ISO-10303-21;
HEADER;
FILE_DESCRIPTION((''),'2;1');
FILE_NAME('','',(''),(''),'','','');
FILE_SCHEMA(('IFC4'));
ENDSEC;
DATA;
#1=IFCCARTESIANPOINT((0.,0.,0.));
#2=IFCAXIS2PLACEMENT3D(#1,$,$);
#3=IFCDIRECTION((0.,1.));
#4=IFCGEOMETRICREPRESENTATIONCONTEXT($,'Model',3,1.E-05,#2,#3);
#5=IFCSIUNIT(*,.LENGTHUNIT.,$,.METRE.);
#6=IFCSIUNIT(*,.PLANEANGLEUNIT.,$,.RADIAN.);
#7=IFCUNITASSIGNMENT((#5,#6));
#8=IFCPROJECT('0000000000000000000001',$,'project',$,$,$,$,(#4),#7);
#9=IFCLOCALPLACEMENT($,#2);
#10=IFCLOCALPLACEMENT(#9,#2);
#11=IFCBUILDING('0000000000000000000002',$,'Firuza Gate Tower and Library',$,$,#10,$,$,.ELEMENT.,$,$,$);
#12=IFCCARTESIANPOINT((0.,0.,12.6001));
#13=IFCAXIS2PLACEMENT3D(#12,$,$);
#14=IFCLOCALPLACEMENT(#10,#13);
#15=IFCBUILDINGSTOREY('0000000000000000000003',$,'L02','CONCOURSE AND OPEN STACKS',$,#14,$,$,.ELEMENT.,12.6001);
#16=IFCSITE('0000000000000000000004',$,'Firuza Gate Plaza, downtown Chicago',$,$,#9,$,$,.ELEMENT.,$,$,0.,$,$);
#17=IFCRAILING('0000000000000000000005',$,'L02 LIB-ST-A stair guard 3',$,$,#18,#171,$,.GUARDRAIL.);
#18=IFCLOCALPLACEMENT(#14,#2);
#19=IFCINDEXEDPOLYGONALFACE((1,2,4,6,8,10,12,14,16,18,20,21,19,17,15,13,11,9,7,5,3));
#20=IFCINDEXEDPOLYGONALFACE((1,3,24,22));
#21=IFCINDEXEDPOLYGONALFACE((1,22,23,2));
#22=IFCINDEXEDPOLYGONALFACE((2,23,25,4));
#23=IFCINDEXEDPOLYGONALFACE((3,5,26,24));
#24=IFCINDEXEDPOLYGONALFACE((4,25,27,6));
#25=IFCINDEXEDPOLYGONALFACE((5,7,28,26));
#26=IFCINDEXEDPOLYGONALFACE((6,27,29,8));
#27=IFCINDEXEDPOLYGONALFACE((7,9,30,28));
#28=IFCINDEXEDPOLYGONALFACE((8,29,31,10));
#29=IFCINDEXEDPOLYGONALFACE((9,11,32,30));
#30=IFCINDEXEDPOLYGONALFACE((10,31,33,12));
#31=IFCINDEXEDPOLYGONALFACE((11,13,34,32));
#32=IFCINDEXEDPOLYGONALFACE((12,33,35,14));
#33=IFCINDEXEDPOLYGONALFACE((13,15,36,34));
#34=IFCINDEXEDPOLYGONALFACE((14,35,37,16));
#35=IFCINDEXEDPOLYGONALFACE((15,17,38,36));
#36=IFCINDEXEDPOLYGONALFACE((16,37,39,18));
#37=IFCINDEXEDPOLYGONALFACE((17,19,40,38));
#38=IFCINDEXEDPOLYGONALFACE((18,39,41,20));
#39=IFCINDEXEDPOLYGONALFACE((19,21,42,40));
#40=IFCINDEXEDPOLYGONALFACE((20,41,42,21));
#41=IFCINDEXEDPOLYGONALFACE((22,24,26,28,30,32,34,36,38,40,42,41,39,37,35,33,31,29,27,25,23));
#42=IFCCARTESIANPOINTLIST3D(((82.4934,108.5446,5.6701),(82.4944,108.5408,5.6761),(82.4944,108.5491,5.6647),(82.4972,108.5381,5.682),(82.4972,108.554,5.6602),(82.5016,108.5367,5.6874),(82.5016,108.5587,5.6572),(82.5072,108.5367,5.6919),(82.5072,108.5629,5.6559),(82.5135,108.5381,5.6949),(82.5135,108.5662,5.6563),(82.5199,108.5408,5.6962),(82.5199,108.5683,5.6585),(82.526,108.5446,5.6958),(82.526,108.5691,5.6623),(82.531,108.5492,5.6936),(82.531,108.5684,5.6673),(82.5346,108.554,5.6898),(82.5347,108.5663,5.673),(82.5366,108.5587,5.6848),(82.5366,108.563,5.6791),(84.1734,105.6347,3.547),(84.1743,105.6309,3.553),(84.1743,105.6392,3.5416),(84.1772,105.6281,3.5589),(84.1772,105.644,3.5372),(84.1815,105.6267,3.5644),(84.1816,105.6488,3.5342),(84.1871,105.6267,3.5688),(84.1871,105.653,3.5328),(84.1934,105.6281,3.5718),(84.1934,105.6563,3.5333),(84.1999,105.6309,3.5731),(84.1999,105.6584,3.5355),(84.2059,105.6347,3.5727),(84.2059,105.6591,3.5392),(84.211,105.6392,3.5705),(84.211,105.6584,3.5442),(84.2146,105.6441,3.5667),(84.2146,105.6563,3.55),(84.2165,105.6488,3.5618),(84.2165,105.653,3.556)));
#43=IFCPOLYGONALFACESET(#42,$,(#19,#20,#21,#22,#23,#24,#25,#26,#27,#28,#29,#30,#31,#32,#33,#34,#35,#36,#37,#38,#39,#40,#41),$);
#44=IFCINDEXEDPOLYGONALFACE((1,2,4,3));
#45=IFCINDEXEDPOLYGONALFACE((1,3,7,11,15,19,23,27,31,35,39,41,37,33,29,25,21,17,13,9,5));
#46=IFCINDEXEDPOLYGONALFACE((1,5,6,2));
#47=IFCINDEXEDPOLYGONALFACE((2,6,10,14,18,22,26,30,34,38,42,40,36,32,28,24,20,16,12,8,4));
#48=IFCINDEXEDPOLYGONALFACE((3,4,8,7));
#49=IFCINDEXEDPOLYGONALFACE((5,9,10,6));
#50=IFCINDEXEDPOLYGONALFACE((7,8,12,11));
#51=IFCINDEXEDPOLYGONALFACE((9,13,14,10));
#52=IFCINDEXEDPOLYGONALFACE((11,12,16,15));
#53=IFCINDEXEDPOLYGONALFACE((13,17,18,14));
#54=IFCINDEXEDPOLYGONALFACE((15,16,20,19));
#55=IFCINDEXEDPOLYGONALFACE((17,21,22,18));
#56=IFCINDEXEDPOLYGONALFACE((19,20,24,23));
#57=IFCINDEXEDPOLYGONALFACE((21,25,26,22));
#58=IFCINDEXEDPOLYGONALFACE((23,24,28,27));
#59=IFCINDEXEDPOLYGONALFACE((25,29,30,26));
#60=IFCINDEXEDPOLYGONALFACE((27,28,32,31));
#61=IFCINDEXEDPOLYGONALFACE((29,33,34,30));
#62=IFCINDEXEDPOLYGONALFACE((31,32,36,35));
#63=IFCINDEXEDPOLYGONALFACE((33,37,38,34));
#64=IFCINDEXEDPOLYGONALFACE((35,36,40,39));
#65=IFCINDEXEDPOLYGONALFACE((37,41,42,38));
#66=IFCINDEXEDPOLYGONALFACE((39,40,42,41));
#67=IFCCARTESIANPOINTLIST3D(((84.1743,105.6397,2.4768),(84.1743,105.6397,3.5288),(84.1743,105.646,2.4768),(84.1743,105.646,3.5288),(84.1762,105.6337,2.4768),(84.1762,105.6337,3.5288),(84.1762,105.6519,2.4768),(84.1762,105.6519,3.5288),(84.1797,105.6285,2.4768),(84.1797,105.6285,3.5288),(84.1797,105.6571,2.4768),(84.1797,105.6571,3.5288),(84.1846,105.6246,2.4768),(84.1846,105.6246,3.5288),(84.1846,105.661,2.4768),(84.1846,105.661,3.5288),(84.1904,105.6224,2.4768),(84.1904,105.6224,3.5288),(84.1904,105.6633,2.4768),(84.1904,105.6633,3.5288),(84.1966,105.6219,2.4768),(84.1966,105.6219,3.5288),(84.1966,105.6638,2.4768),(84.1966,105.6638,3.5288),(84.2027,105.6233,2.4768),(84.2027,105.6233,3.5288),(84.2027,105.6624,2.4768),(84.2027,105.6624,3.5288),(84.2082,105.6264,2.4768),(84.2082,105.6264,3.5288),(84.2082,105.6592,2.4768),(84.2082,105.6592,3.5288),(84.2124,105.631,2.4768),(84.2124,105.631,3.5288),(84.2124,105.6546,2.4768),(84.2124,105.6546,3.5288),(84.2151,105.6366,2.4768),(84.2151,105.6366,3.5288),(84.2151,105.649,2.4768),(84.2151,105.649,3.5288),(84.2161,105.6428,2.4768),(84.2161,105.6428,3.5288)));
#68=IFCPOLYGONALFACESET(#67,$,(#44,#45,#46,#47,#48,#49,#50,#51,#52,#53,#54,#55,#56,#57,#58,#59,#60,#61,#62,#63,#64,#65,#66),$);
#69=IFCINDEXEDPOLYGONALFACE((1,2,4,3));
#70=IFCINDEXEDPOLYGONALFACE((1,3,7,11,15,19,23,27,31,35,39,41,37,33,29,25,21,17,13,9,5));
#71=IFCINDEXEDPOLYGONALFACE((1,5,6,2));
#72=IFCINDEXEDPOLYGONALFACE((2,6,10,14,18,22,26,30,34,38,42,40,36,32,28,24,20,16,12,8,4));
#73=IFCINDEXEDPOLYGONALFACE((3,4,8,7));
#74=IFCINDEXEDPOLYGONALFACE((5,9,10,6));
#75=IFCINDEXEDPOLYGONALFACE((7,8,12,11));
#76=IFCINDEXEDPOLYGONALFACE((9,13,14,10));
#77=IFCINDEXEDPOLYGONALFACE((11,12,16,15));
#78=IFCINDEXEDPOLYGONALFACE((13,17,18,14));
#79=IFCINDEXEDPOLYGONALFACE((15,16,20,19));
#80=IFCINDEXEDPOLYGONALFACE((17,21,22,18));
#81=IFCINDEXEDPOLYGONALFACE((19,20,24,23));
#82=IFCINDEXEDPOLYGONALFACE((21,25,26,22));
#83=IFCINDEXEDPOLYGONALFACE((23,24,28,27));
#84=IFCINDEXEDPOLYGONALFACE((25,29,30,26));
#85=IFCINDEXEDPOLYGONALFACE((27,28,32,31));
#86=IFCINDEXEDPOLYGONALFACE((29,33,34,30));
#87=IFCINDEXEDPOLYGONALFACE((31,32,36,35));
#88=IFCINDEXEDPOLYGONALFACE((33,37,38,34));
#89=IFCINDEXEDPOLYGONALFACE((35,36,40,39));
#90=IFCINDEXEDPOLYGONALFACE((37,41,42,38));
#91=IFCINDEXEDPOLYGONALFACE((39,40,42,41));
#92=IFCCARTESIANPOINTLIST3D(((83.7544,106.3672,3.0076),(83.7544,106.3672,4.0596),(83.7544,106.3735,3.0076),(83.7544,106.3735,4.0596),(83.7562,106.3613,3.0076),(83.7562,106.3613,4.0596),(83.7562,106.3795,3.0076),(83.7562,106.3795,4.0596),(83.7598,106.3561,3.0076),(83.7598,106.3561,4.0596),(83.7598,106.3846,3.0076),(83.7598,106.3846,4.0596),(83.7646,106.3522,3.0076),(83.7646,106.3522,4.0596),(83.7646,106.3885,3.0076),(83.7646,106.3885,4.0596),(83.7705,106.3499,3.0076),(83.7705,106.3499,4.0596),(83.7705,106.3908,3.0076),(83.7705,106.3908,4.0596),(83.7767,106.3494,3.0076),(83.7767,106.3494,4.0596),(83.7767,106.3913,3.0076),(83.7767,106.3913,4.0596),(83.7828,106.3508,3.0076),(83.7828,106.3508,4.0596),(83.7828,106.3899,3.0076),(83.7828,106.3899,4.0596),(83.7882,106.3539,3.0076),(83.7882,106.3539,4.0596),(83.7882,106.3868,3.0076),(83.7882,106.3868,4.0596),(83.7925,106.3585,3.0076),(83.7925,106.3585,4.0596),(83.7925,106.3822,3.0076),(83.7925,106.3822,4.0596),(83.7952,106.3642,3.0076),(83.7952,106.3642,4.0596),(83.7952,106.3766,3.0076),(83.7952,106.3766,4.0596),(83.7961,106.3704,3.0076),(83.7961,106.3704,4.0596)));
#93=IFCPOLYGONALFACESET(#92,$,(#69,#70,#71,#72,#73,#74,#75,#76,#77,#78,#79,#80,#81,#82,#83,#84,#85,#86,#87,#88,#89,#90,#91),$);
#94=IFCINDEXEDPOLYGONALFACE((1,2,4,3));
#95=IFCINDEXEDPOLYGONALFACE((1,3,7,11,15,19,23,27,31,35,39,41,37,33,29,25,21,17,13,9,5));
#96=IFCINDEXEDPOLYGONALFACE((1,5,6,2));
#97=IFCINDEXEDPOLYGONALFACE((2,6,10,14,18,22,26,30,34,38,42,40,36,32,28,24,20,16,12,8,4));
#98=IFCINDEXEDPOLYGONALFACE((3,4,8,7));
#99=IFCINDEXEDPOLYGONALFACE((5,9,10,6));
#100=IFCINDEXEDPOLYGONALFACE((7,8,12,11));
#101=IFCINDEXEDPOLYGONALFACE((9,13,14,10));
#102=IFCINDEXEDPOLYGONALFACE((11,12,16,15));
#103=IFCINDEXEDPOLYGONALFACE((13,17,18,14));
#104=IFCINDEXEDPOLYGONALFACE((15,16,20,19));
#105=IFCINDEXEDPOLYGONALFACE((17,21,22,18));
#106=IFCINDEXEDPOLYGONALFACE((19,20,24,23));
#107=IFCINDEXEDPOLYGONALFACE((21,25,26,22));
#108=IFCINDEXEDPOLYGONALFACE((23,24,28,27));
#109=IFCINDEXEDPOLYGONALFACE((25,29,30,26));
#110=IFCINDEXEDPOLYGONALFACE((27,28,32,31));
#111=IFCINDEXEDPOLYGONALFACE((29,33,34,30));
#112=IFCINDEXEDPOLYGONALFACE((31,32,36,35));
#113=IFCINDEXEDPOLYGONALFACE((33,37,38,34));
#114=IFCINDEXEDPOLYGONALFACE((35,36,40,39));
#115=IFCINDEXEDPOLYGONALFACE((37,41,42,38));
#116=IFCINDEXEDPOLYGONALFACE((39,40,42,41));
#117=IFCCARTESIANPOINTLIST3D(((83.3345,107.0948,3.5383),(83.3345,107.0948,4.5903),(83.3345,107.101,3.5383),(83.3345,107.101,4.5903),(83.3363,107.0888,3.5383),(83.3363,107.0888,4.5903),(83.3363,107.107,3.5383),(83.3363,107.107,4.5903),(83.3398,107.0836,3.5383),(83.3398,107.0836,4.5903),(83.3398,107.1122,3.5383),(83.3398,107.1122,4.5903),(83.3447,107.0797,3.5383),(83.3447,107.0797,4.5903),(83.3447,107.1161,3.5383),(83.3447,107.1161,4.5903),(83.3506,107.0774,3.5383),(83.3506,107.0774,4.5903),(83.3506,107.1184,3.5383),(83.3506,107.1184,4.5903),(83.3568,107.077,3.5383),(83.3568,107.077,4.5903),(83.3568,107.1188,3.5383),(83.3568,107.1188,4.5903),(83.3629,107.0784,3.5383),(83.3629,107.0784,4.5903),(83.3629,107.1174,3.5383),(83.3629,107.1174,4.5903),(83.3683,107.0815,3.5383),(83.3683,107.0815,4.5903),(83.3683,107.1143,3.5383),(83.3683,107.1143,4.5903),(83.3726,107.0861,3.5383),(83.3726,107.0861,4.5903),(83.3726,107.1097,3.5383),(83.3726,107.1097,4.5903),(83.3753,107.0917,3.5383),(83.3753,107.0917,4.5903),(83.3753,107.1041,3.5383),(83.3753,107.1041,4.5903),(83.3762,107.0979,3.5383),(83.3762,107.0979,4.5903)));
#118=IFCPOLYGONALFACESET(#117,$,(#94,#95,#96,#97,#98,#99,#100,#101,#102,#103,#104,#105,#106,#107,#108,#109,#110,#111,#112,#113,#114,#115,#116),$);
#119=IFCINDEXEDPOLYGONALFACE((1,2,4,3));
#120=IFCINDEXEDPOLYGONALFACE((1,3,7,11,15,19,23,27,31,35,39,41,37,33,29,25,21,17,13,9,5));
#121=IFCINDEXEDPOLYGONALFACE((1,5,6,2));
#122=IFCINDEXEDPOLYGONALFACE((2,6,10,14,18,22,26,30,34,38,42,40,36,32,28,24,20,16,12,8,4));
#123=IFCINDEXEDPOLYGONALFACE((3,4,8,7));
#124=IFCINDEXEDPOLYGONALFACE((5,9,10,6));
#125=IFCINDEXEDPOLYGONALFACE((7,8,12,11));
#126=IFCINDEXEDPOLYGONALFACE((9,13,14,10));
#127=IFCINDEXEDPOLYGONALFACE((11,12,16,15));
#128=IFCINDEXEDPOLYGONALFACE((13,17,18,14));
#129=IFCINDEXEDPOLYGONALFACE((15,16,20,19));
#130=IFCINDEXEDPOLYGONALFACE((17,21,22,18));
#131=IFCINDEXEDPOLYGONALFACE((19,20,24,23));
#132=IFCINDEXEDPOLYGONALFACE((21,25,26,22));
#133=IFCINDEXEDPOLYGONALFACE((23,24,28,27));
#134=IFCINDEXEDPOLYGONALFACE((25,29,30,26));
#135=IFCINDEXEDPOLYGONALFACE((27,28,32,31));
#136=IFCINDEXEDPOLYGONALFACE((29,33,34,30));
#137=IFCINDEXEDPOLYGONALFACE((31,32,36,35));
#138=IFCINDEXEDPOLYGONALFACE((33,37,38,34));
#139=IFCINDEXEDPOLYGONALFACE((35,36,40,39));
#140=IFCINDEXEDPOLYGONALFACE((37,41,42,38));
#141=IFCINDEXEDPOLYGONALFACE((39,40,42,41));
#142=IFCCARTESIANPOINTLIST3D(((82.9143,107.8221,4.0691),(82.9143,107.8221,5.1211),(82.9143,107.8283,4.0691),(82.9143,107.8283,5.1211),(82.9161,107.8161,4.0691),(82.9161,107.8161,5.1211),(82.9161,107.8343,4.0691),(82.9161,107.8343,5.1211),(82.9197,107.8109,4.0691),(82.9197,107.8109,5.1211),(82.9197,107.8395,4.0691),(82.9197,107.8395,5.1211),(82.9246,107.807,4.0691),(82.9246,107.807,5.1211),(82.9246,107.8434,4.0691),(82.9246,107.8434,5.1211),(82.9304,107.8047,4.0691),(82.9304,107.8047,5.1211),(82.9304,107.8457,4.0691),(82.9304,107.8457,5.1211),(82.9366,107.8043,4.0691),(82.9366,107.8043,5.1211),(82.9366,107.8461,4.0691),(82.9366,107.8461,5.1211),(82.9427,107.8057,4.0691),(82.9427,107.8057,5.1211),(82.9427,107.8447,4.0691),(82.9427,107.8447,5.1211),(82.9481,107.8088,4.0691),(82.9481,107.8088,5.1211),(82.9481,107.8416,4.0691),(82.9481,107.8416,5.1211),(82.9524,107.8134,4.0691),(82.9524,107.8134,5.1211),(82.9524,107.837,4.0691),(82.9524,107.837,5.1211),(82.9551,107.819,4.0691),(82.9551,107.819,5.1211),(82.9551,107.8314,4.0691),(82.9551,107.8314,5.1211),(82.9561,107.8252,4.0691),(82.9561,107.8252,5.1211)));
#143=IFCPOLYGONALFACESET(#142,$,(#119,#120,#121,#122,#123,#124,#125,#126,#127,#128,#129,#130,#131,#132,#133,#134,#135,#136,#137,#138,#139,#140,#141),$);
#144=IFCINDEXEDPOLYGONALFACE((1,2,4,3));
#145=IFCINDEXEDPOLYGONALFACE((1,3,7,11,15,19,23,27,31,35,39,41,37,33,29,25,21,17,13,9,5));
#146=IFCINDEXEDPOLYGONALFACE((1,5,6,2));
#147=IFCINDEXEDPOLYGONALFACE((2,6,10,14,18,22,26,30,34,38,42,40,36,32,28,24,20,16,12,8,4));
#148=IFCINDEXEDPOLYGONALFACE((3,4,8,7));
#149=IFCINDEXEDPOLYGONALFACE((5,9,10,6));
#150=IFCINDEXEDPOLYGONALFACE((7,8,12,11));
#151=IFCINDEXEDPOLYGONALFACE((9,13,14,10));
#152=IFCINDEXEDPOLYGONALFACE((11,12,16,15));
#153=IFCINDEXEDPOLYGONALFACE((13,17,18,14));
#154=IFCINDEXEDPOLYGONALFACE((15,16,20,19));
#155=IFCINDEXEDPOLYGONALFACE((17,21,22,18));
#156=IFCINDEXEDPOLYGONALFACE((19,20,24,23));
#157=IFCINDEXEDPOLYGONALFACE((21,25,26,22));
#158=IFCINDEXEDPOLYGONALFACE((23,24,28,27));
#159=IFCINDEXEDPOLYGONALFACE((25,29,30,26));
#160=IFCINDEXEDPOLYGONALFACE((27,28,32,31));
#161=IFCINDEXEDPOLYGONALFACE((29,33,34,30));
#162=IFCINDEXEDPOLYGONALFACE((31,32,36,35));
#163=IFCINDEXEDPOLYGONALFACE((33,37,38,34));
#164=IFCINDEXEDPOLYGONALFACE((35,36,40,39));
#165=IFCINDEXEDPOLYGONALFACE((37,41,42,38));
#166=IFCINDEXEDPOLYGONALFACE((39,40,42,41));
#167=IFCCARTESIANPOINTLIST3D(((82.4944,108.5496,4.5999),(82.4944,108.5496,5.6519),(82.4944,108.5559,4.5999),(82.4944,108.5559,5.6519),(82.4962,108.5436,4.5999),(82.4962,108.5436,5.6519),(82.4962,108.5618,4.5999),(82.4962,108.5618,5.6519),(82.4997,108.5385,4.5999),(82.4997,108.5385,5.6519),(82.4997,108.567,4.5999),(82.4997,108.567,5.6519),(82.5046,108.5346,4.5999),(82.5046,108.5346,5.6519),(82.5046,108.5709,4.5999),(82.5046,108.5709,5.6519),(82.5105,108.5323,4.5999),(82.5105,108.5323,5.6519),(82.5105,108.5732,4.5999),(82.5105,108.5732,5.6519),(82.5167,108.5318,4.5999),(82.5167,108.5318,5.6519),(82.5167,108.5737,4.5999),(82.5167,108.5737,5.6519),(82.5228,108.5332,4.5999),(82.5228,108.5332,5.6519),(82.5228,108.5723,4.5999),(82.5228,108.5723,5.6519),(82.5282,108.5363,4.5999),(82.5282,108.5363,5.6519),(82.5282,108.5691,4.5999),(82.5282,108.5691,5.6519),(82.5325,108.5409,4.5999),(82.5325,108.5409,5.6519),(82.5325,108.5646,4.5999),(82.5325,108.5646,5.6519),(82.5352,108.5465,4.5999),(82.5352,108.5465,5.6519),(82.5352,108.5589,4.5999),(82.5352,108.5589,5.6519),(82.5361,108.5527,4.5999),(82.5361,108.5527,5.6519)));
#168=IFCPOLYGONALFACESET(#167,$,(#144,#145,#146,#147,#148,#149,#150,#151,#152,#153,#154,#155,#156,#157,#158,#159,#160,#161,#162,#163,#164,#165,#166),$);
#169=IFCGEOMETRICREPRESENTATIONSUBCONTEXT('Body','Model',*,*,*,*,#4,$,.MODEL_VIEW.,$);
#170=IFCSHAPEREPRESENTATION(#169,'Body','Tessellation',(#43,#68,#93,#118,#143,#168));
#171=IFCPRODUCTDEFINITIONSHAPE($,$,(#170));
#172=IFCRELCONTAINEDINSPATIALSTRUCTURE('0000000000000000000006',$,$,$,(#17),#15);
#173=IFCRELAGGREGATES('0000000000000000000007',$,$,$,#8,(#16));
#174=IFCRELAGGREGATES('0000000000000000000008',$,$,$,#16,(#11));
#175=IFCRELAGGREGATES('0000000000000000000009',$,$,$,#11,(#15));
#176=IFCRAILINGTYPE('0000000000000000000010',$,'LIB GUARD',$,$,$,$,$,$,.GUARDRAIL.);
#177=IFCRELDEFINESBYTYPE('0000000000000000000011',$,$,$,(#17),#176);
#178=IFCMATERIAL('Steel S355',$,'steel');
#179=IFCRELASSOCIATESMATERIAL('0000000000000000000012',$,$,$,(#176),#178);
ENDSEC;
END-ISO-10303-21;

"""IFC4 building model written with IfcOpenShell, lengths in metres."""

from ifc_helpers import new_model, si_unit, direction, frame, origin, origin_2d, place, context, subcontext, project, spatial, circle, extrude, material, type_object, element, save


model = new_model("IFC4")

# Units and contexts
model_context = context("Model", 3, precision=1e-05, world=origin(), true_north=direction((0.0, 1.0)))
body_context = subcontext(model_context, "Body", "Model", "MODEL_VIEW")
ifc_project = project(units=[si_unit("LENGTHUNIT", "METRE"), si_unit("PLANEANGLEUNIT", "RADIAN")], contexts=[model_context])

# Site, building, storey
site_placement = place(None, origin())
site = spatial("IfcSite", under=ifc_project, at=site_placement, Name="Firuza Gate Plaza, downtown Chicago", CompositionType="ELEMENT", RefElevation=0.0)
building_placement = place(site_placement, origin())
building = spatial("IfcBuilding", under=site, at=building_placement, Name="Firuza Gate Tower and Library", CompositionType="ELEMENT")
storey_placement = place(building_placement, frame((0.0, 0.0, 12.6001)))
storey = spatial("IfcBuildingStorey", under=building, at=storey_placement, Name="L02", Description="CONCOURSE AND OPEN STACKS", CompositionType="ELEMENT", Elevation=12.6001)

# Railing
ifc_material_1 = material(Name="Steel S355", Category="steel")
railing_type_1 = type_object("IfcRailingType", Name="LIB GUARD", PredefinedType="GUARDRAIL", material=ifc_material_1)
railing_1_placement = place(storey_placement, frame((84.1951, 105.6428, 2.4768)))
element("IfcRailing", 1, at=railing_1_placement, inside=storey, type_object=railing_type_1, Name="L02 LIB-ST-A stair guard 3", PredefinedType="GUARDRAIL", context=body_context, shape_type="SweptSolid", body=[
    extrude(circle(Radius=0.0239, at=origin_2d()), frame((0.0, 0.0, 1.0762), z_axis=(-0.422672, 0.732135, 0.53416), x_axis=(-0.866039, -0.499976, 0.0)), (0.0, 0.0, 1.0), 3.9746),
    extrude(circle(Radius=0.021, at=origin_2d()), origin(), (0.0, 0.0, 1.0), 1.052),
    extrude(circle(Radius=0.021, at=origin_2d()), frame((-0.4199, 0.7275, 0.5308)), (0.0, 0.0, 1.0), 1.052),
    extrude(circle(Radius=0.021, at=origin_2d()), frame((-0.8398, 1.4551, 1.0615)), (0.0, 0.0, 1.0), 1.052),
    extrude(circle(Radius=0.021, at=origin_2d()), frame((-1.26, 2.1824, 1.5923)), (0.0, 0.0, 1.0), 1.052),
    extrude(circle(Radius=0.021, at=origin_2d()), frame((-1.6799, 2.9099, 2.123)), (0.0, 0.0, 1.0), 1.052),
])

save(model, "model.ifc")
